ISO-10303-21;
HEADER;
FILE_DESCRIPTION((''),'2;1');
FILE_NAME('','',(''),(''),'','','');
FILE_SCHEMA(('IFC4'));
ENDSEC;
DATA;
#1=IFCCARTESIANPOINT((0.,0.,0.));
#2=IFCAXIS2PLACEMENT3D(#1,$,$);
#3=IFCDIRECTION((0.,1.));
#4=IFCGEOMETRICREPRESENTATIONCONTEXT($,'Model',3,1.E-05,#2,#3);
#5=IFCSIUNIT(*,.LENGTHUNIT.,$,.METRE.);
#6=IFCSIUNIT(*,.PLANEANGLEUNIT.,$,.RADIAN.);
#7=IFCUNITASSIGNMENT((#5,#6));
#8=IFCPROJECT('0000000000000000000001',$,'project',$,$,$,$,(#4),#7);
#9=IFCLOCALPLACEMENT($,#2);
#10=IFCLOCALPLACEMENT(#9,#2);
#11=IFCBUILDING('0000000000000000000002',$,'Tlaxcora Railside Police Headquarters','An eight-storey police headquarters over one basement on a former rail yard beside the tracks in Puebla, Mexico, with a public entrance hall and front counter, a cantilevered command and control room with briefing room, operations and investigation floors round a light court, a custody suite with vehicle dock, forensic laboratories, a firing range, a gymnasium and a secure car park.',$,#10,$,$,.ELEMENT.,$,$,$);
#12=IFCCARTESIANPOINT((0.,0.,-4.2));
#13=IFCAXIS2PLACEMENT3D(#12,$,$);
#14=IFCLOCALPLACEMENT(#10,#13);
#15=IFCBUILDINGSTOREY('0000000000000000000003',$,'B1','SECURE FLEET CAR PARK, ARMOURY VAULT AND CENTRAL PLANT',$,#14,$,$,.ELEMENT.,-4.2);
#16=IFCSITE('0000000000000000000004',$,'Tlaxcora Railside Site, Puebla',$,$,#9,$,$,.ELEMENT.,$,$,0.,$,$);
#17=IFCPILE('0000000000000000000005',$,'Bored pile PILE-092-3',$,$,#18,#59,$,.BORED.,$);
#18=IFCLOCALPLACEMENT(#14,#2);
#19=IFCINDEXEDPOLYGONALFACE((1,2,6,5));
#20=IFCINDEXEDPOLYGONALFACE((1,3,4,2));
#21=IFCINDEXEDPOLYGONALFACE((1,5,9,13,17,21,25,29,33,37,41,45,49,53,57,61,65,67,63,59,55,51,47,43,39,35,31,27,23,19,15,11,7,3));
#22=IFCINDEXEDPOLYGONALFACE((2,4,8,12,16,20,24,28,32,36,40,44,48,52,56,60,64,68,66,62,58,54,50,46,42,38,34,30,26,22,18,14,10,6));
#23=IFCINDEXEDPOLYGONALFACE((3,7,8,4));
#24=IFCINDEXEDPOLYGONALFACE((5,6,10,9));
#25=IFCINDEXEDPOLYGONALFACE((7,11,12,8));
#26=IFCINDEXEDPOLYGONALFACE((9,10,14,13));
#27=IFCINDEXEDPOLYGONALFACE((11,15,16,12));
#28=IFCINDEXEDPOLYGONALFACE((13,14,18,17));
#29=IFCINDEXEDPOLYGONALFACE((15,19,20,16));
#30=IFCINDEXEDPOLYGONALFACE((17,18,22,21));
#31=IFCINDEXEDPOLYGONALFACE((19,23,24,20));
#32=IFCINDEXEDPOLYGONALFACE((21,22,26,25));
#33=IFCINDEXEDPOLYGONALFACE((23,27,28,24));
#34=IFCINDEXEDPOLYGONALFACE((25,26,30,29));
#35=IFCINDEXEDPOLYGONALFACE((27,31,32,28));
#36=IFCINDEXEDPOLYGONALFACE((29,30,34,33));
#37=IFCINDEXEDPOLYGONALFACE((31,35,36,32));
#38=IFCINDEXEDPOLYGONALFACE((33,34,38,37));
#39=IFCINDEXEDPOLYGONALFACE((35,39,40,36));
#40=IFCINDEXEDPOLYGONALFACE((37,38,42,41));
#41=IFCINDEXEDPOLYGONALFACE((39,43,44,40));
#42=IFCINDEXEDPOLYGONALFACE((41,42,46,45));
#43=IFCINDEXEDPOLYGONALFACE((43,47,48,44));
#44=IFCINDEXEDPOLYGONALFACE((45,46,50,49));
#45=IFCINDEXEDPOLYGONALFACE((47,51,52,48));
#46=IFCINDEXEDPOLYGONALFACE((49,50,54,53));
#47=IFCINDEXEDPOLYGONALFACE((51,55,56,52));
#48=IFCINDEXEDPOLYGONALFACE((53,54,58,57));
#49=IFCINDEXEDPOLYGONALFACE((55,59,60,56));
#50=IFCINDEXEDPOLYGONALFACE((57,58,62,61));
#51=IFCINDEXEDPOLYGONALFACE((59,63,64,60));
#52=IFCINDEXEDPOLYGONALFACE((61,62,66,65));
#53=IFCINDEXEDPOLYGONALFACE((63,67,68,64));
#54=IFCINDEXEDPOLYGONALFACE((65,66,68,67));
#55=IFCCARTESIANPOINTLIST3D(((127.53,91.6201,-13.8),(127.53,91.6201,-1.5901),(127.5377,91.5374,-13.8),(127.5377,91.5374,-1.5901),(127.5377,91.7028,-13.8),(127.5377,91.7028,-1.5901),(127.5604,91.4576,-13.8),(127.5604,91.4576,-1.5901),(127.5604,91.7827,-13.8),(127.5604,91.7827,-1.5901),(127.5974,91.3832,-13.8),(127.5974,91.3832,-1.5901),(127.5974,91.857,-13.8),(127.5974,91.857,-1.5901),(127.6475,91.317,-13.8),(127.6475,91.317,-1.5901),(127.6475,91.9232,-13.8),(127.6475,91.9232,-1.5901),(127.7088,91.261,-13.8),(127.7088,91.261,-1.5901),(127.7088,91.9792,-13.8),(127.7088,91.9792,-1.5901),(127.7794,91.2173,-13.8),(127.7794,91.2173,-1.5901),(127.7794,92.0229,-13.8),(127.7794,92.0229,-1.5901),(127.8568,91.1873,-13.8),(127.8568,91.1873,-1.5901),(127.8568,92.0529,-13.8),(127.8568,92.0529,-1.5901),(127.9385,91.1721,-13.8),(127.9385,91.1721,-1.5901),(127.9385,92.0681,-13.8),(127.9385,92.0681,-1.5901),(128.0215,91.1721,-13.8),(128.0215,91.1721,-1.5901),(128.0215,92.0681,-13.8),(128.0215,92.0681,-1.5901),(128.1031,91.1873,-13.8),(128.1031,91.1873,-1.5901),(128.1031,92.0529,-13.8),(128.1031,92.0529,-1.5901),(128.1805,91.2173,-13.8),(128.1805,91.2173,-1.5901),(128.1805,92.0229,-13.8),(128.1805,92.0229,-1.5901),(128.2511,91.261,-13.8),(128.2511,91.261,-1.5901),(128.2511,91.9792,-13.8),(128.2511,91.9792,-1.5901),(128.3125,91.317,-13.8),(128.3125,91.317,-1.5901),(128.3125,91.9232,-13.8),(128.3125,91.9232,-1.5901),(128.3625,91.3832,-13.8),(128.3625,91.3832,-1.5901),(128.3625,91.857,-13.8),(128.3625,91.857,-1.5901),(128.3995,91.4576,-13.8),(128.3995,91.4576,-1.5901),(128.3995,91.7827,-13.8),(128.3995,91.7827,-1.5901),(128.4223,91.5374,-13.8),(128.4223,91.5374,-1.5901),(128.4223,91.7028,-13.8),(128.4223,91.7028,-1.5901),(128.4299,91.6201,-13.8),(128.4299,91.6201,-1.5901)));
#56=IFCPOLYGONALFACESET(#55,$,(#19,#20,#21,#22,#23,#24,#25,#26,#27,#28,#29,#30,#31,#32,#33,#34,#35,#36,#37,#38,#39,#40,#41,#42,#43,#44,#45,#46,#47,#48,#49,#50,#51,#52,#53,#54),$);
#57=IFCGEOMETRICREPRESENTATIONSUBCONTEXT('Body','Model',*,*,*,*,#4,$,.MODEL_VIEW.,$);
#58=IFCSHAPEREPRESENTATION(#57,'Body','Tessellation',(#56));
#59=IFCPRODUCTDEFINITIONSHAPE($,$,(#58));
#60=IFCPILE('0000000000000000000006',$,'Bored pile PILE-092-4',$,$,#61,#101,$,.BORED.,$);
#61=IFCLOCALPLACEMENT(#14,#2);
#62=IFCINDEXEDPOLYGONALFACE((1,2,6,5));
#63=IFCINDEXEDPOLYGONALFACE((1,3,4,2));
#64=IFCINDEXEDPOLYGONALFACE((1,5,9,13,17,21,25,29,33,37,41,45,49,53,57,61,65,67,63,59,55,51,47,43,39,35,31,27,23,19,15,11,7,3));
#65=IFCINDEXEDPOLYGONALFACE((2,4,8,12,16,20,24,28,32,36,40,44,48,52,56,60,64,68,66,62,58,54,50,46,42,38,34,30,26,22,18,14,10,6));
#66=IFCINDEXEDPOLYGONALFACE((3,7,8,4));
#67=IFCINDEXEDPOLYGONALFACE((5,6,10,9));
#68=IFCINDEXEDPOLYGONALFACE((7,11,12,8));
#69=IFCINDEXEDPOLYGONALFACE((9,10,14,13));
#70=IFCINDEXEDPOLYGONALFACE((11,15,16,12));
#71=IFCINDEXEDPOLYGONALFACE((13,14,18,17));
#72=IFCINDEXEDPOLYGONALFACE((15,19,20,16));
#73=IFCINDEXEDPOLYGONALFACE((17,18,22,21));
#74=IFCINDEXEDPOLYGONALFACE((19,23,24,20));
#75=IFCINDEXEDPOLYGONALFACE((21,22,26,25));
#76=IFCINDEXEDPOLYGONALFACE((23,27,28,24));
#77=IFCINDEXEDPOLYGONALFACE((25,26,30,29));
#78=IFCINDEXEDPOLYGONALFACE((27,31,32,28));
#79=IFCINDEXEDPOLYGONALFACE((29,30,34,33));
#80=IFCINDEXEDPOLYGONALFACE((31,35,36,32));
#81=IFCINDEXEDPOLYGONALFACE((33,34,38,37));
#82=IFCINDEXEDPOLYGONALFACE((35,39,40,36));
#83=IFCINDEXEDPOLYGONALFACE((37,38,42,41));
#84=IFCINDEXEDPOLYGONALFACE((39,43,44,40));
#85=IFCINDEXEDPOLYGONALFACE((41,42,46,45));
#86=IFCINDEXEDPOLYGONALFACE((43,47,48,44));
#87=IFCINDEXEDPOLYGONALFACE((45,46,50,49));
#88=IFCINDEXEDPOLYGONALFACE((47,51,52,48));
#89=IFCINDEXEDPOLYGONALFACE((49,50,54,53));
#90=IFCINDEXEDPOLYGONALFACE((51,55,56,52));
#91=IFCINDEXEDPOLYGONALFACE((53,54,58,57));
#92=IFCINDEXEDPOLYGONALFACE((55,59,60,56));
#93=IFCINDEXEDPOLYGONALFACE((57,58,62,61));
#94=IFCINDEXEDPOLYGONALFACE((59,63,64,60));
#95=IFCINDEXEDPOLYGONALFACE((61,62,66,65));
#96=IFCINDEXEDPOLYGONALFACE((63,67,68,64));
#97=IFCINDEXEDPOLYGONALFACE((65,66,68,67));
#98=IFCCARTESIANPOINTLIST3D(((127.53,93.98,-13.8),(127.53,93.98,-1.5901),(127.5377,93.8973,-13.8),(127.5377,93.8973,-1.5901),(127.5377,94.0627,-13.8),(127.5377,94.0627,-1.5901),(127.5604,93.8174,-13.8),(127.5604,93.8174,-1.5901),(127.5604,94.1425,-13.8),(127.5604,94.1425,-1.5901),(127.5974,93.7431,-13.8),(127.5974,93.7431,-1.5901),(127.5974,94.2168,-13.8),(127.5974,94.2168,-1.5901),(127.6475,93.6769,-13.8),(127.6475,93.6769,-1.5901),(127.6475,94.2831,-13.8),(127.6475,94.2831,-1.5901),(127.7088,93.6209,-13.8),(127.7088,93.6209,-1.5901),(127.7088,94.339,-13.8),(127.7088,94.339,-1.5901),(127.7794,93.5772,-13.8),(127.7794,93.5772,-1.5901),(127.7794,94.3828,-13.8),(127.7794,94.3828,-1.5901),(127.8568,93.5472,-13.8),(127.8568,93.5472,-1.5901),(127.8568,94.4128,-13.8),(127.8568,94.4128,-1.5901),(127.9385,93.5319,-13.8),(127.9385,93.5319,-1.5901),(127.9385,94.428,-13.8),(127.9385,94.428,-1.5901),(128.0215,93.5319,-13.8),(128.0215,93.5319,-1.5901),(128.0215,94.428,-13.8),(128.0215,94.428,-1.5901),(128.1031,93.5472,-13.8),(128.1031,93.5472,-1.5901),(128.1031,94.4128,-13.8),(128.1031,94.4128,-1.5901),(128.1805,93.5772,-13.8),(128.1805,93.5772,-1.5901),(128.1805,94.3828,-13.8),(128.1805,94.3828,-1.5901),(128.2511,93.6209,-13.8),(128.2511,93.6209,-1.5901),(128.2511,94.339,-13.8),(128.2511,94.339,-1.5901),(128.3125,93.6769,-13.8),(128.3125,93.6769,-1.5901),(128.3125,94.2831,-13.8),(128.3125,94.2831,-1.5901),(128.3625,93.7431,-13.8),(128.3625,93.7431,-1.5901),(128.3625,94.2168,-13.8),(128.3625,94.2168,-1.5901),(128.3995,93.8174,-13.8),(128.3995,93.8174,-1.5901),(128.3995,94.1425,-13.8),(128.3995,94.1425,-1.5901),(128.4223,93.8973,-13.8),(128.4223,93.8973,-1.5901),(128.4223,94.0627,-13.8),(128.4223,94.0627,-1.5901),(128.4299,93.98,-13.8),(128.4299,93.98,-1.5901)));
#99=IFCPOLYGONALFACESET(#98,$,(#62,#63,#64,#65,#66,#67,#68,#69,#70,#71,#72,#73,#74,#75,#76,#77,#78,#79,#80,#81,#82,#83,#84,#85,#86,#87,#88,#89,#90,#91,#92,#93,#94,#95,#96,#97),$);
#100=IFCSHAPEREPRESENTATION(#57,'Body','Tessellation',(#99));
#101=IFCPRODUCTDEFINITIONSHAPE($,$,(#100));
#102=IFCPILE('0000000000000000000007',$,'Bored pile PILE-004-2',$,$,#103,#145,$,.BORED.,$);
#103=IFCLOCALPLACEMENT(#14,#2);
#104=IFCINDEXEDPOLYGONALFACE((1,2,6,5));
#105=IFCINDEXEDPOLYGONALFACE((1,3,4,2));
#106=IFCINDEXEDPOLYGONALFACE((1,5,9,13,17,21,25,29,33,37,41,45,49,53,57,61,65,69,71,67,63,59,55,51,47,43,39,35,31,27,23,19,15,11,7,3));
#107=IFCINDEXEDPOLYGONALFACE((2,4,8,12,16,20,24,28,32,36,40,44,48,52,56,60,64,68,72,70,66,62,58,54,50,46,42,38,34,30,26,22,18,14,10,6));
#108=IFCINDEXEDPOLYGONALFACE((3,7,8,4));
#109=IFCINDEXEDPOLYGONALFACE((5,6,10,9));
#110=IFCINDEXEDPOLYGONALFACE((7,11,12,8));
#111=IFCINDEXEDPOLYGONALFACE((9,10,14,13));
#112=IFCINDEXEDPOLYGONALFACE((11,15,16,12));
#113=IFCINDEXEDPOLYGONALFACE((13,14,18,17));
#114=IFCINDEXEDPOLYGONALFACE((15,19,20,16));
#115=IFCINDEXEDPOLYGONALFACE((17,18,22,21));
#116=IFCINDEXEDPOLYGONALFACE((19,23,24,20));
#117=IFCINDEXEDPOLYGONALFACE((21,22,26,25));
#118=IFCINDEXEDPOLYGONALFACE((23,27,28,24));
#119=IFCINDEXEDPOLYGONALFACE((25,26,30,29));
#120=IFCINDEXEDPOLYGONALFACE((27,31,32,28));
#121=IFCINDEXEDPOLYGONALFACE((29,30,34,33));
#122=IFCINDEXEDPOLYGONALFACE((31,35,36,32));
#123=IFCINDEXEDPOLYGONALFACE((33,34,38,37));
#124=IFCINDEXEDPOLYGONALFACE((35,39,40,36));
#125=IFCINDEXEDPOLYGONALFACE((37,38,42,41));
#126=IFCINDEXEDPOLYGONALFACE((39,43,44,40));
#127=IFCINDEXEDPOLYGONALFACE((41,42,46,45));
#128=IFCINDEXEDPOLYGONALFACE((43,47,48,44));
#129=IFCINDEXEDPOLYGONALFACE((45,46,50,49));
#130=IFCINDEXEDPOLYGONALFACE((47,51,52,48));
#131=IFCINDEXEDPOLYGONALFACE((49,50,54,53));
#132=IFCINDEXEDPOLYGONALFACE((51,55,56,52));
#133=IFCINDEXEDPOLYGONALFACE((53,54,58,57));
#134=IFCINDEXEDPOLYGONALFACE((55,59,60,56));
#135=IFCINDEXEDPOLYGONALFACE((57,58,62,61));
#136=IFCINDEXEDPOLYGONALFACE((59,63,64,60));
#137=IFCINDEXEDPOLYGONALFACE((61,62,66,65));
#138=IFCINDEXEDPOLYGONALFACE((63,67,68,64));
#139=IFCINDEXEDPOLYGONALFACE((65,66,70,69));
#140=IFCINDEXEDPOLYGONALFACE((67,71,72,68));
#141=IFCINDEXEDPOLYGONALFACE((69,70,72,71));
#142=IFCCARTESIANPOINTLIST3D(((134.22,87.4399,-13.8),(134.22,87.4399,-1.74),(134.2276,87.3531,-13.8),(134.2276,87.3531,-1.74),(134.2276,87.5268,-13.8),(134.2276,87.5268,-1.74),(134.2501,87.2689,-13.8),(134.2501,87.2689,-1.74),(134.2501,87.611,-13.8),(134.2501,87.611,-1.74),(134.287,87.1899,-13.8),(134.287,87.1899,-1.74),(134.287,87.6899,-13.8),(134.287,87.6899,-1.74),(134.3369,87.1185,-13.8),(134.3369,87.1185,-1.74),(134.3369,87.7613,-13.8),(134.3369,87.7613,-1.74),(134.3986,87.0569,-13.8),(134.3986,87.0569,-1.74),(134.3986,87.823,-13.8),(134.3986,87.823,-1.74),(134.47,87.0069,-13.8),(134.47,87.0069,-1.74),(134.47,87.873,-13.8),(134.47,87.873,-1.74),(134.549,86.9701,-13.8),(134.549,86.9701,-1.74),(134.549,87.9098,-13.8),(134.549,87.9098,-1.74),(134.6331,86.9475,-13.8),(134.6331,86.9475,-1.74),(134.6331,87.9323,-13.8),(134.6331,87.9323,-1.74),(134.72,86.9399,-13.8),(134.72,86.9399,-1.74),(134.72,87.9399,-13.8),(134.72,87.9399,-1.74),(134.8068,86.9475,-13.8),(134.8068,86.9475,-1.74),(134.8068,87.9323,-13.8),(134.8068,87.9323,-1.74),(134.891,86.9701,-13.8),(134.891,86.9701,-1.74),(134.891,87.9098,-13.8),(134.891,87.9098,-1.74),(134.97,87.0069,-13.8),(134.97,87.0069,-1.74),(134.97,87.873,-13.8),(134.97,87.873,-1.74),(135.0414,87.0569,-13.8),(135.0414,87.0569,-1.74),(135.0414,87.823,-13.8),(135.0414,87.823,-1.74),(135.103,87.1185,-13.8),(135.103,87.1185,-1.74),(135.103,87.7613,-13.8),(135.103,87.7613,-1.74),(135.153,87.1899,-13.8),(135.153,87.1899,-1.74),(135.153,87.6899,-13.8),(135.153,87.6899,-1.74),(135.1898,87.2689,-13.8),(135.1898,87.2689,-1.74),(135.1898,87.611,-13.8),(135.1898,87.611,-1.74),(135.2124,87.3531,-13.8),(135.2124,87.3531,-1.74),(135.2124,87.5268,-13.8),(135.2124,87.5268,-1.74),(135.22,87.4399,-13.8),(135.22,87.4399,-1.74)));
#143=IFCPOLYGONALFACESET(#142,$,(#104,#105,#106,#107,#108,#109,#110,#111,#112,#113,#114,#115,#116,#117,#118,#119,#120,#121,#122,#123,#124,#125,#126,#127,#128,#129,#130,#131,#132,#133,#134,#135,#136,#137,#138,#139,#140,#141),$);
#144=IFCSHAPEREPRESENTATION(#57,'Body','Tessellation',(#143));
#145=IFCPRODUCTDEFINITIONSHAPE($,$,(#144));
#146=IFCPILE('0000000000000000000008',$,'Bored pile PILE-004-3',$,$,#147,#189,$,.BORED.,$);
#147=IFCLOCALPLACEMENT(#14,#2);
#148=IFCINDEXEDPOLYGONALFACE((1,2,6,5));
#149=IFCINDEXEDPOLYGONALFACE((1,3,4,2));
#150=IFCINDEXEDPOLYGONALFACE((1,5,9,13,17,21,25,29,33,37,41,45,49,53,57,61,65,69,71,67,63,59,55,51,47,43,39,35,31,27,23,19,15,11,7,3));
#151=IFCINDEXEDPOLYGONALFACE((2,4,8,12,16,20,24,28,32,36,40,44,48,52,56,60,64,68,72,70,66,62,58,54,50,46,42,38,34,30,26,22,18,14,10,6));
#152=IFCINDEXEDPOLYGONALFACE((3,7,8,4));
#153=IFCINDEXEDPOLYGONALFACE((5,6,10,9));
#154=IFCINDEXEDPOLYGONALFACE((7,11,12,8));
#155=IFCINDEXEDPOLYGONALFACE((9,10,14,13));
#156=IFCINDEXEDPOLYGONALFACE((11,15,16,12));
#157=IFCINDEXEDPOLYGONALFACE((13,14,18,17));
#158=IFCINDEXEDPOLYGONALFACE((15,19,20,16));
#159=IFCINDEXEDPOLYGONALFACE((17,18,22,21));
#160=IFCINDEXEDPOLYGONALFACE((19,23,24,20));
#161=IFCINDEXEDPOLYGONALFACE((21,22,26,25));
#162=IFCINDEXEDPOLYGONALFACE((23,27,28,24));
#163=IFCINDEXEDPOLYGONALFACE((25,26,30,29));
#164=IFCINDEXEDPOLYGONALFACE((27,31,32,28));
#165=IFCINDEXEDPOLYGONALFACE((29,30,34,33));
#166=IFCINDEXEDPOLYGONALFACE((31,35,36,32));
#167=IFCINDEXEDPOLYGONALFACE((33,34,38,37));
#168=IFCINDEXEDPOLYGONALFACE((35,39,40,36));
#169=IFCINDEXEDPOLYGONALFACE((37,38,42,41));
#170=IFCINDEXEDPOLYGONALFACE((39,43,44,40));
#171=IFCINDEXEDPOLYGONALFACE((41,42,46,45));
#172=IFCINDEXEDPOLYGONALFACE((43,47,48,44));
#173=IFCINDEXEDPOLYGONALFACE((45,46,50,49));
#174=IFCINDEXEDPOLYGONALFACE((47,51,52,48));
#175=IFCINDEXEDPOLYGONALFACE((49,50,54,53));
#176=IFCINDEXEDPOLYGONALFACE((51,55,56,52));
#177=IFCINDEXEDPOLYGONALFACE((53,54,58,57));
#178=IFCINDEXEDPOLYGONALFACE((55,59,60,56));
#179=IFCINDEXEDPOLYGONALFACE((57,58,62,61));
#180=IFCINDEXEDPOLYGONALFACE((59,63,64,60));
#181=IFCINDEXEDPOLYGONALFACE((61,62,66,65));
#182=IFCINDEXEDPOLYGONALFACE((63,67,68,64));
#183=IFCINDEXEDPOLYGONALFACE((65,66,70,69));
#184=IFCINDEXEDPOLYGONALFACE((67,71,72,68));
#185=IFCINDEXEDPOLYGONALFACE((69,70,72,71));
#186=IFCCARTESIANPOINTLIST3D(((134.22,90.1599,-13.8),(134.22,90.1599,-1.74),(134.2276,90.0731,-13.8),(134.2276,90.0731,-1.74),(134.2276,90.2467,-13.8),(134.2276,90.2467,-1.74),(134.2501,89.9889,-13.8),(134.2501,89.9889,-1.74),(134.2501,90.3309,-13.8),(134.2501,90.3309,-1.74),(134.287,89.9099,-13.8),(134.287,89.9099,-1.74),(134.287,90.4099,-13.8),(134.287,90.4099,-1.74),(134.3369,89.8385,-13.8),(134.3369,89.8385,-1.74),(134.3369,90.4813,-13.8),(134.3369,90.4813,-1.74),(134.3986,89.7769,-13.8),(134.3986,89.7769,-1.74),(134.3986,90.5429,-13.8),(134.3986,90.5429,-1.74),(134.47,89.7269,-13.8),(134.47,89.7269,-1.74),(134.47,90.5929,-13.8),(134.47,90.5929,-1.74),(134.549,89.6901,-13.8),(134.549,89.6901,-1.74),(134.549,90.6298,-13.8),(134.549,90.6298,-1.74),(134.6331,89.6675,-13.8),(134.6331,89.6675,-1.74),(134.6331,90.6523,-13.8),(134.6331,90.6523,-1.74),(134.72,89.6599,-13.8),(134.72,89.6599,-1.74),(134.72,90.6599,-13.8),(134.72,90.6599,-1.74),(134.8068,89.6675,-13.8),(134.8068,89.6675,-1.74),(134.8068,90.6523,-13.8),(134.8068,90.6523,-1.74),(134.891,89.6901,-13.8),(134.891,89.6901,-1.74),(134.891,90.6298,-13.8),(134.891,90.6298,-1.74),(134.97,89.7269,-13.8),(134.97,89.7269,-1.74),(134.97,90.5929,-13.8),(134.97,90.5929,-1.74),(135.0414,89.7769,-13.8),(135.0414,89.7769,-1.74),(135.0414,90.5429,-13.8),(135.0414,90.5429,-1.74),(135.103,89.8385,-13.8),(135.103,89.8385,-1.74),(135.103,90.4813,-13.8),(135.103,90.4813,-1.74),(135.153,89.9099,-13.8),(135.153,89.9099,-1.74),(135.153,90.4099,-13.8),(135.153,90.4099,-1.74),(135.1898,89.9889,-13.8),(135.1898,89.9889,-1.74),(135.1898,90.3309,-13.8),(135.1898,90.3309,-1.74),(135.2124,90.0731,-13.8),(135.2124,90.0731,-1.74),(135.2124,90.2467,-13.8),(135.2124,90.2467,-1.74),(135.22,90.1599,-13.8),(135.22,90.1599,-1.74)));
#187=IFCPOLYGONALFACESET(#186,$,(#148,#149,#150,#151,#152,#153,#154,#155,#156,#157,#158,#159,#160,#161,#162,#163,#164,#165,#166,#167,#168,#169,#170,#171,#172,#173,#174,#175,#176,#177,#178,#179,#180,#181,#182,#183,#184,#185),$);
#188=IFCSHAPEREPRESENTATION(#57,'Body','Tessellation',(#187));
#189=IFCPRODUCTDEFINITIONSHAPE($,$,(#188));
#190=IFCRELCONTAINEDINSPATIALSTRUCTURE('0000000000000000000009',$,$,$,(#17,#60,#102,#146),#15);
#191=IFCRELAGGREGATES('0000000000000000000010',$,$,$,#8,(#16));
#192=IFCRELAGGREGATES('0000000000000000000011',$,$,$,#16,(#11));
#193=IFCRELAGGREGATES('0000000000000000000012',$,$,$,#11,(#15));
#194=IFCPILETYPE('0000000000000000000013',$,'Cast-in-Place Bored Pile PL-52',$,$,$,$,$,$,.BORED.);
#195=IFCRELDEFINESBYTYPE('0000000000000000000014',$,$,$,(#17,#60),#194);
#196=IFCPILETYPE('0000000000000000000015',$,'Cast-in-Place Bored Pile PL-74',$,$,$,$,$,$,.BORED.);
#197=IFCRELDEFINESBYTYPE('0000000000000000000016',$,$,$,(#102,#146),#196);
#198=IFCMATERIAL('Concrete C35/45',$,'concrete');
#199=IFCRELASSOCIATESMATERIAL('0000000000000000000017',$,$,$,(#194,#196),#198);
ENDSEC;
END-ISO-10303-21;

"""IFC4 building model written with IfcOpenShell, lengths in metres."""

from ifc_helpers import new_model, si_unit, direction, frame, origin, origin_2d, place, context, subcontext, project, spatial, circle, extrude, material, material_profile, profile_set, type_object, element, save


model = new_model("IFC4")

# Units and contexts
model_context = context("Model", 3, precision=1e-05, world=origin(), true_north=direction((0.0, 1.0)))
body_context = subcontext(model_context, "Body", "Model", "MODEL_VIEW")
ifc_project = project(units=[si_unit("LENGTHUNIT", "METRE"), si_unit("PLANEANGLEUNIT", "RADIAN")], contexts=[model_context])

# Site, building, storey
site_placement = place(None, origin())
site = spatial("IfcSite", under=ifc_project, at=site_placement, Name="Tlaxcora Railside Site, Puebla", CompositionType="ELEMENT", RefElevation=0.0)
building_placement = place(site_placement, origin())
building = spatial("IfcBuilding", under=site, at=building_placement, Name="Tlaxcora Railside Police Headquarters", Description="An eight-storey police headquarters over one basement on a former rail yard beside the tracks in Puebla, Mexico, with a public entrance hall and front counter, a cantilevered command and control room with briefing room, operations and investigation floors round a light court, a custody suite with vehicle dock, forensic laboratories, a firing range, a gymnasium and a secure car park.", CompositionType="ELEMENT")
storey_placement = place(building_placement, frame((0.0, 0.0, -4.2)))
storey = spatial("IfcBuildingStorey", under=building, at=storey_placement, Name="B1", Description="SECURE FLEET CAR PARK, ARMOURY VAULT AND CENTRAL PLANT", CompositionType="ELEMENT", Elevation=-4.2)

# Piles
ifc_material_1 = material(Name="Concrete C35/45", Category="concrete")
ifc_material_profile_1 = material_profile(ifc_material_1, circle(Radius=0.45, at=origin_2d()), Name="PILE900")
ifc_profile_set_1 = profile_set([ifc_material_profile_1], Name="Concrete C35/45")
pile_type_1 = type_object("IfcPileType", Name="Cast-in-Place Bored Pile PL-52", PredefinedType="BORED", material=ifc_profile_set_1)
for number, where, z_axis, x_axis, name in (
    (1, (127.98, 91.6201, -1.5901), (0.0, 0.0, -1.0), (1.0, 0.0, 0.0), "Bored pile PILE-092-3"),
    (2, (127.98, 93.98, -1.5901), (0.0, 0.0, -1.0), (1.0, 0.0, 0.0), "Bored pile PILE-092-4"),
):
    element("IfcPile", number, at=place(storey_placement, frame(where, z_axis=z_axis, x_axis=x_axis)), inside=storey, type_object=pile_type_1, Name=name, PredefinedType="BORED", context=body_context, shape_type="SweptSolid", body=[
        extrude(circle(Radius=0.45, at=origin_2d()), origin(), (0.0, 0.0, 1.0), 12.21),
    ])
ifc_material_profile_2 = material_profile(ifc_material_1, circle(Radius=0.5, at=origin_2d()), Name="PILE1000")
ifc_profile_set_2 = profile_set([ifc_material_profile_2], Name="Concrete C35/45")
pile_type_2 = type_object("IfcPileType", Name="Cast-in-Place Bored Pile PL-74", PredefinedType="BORED", material=ifc_profile_set_2)
for number, where, z_axis, x_axis, name in (
    (3, (134.72, 87.4399, -1.74), (0.0, 0.0, -1.0), (1.0, 0.0, 0.0), "Bored pile PILE-004-2"),
    (4, (134.72, 90.1599, -1.74), (0.0, 0.0, -1.0), (1.0, 0.0, 0.0), "Bored pile PILE-004-3"),
):
    element("IfcPile", number, at=place(storey_placement, frame(where, z_axis=z_axis, x_axis=x_axis)), inside=storey, type_object=pile_type_2, Name=name, PredefinedType="BORED", context=body_context, shape_type="SweptSolid", body=[
        extrude(circle(Radius=0.5, at=origin_2d()), origin(), (0.0, 0.0, 1.0), 12.0601),
    ])

save(model, "model.ifc")
